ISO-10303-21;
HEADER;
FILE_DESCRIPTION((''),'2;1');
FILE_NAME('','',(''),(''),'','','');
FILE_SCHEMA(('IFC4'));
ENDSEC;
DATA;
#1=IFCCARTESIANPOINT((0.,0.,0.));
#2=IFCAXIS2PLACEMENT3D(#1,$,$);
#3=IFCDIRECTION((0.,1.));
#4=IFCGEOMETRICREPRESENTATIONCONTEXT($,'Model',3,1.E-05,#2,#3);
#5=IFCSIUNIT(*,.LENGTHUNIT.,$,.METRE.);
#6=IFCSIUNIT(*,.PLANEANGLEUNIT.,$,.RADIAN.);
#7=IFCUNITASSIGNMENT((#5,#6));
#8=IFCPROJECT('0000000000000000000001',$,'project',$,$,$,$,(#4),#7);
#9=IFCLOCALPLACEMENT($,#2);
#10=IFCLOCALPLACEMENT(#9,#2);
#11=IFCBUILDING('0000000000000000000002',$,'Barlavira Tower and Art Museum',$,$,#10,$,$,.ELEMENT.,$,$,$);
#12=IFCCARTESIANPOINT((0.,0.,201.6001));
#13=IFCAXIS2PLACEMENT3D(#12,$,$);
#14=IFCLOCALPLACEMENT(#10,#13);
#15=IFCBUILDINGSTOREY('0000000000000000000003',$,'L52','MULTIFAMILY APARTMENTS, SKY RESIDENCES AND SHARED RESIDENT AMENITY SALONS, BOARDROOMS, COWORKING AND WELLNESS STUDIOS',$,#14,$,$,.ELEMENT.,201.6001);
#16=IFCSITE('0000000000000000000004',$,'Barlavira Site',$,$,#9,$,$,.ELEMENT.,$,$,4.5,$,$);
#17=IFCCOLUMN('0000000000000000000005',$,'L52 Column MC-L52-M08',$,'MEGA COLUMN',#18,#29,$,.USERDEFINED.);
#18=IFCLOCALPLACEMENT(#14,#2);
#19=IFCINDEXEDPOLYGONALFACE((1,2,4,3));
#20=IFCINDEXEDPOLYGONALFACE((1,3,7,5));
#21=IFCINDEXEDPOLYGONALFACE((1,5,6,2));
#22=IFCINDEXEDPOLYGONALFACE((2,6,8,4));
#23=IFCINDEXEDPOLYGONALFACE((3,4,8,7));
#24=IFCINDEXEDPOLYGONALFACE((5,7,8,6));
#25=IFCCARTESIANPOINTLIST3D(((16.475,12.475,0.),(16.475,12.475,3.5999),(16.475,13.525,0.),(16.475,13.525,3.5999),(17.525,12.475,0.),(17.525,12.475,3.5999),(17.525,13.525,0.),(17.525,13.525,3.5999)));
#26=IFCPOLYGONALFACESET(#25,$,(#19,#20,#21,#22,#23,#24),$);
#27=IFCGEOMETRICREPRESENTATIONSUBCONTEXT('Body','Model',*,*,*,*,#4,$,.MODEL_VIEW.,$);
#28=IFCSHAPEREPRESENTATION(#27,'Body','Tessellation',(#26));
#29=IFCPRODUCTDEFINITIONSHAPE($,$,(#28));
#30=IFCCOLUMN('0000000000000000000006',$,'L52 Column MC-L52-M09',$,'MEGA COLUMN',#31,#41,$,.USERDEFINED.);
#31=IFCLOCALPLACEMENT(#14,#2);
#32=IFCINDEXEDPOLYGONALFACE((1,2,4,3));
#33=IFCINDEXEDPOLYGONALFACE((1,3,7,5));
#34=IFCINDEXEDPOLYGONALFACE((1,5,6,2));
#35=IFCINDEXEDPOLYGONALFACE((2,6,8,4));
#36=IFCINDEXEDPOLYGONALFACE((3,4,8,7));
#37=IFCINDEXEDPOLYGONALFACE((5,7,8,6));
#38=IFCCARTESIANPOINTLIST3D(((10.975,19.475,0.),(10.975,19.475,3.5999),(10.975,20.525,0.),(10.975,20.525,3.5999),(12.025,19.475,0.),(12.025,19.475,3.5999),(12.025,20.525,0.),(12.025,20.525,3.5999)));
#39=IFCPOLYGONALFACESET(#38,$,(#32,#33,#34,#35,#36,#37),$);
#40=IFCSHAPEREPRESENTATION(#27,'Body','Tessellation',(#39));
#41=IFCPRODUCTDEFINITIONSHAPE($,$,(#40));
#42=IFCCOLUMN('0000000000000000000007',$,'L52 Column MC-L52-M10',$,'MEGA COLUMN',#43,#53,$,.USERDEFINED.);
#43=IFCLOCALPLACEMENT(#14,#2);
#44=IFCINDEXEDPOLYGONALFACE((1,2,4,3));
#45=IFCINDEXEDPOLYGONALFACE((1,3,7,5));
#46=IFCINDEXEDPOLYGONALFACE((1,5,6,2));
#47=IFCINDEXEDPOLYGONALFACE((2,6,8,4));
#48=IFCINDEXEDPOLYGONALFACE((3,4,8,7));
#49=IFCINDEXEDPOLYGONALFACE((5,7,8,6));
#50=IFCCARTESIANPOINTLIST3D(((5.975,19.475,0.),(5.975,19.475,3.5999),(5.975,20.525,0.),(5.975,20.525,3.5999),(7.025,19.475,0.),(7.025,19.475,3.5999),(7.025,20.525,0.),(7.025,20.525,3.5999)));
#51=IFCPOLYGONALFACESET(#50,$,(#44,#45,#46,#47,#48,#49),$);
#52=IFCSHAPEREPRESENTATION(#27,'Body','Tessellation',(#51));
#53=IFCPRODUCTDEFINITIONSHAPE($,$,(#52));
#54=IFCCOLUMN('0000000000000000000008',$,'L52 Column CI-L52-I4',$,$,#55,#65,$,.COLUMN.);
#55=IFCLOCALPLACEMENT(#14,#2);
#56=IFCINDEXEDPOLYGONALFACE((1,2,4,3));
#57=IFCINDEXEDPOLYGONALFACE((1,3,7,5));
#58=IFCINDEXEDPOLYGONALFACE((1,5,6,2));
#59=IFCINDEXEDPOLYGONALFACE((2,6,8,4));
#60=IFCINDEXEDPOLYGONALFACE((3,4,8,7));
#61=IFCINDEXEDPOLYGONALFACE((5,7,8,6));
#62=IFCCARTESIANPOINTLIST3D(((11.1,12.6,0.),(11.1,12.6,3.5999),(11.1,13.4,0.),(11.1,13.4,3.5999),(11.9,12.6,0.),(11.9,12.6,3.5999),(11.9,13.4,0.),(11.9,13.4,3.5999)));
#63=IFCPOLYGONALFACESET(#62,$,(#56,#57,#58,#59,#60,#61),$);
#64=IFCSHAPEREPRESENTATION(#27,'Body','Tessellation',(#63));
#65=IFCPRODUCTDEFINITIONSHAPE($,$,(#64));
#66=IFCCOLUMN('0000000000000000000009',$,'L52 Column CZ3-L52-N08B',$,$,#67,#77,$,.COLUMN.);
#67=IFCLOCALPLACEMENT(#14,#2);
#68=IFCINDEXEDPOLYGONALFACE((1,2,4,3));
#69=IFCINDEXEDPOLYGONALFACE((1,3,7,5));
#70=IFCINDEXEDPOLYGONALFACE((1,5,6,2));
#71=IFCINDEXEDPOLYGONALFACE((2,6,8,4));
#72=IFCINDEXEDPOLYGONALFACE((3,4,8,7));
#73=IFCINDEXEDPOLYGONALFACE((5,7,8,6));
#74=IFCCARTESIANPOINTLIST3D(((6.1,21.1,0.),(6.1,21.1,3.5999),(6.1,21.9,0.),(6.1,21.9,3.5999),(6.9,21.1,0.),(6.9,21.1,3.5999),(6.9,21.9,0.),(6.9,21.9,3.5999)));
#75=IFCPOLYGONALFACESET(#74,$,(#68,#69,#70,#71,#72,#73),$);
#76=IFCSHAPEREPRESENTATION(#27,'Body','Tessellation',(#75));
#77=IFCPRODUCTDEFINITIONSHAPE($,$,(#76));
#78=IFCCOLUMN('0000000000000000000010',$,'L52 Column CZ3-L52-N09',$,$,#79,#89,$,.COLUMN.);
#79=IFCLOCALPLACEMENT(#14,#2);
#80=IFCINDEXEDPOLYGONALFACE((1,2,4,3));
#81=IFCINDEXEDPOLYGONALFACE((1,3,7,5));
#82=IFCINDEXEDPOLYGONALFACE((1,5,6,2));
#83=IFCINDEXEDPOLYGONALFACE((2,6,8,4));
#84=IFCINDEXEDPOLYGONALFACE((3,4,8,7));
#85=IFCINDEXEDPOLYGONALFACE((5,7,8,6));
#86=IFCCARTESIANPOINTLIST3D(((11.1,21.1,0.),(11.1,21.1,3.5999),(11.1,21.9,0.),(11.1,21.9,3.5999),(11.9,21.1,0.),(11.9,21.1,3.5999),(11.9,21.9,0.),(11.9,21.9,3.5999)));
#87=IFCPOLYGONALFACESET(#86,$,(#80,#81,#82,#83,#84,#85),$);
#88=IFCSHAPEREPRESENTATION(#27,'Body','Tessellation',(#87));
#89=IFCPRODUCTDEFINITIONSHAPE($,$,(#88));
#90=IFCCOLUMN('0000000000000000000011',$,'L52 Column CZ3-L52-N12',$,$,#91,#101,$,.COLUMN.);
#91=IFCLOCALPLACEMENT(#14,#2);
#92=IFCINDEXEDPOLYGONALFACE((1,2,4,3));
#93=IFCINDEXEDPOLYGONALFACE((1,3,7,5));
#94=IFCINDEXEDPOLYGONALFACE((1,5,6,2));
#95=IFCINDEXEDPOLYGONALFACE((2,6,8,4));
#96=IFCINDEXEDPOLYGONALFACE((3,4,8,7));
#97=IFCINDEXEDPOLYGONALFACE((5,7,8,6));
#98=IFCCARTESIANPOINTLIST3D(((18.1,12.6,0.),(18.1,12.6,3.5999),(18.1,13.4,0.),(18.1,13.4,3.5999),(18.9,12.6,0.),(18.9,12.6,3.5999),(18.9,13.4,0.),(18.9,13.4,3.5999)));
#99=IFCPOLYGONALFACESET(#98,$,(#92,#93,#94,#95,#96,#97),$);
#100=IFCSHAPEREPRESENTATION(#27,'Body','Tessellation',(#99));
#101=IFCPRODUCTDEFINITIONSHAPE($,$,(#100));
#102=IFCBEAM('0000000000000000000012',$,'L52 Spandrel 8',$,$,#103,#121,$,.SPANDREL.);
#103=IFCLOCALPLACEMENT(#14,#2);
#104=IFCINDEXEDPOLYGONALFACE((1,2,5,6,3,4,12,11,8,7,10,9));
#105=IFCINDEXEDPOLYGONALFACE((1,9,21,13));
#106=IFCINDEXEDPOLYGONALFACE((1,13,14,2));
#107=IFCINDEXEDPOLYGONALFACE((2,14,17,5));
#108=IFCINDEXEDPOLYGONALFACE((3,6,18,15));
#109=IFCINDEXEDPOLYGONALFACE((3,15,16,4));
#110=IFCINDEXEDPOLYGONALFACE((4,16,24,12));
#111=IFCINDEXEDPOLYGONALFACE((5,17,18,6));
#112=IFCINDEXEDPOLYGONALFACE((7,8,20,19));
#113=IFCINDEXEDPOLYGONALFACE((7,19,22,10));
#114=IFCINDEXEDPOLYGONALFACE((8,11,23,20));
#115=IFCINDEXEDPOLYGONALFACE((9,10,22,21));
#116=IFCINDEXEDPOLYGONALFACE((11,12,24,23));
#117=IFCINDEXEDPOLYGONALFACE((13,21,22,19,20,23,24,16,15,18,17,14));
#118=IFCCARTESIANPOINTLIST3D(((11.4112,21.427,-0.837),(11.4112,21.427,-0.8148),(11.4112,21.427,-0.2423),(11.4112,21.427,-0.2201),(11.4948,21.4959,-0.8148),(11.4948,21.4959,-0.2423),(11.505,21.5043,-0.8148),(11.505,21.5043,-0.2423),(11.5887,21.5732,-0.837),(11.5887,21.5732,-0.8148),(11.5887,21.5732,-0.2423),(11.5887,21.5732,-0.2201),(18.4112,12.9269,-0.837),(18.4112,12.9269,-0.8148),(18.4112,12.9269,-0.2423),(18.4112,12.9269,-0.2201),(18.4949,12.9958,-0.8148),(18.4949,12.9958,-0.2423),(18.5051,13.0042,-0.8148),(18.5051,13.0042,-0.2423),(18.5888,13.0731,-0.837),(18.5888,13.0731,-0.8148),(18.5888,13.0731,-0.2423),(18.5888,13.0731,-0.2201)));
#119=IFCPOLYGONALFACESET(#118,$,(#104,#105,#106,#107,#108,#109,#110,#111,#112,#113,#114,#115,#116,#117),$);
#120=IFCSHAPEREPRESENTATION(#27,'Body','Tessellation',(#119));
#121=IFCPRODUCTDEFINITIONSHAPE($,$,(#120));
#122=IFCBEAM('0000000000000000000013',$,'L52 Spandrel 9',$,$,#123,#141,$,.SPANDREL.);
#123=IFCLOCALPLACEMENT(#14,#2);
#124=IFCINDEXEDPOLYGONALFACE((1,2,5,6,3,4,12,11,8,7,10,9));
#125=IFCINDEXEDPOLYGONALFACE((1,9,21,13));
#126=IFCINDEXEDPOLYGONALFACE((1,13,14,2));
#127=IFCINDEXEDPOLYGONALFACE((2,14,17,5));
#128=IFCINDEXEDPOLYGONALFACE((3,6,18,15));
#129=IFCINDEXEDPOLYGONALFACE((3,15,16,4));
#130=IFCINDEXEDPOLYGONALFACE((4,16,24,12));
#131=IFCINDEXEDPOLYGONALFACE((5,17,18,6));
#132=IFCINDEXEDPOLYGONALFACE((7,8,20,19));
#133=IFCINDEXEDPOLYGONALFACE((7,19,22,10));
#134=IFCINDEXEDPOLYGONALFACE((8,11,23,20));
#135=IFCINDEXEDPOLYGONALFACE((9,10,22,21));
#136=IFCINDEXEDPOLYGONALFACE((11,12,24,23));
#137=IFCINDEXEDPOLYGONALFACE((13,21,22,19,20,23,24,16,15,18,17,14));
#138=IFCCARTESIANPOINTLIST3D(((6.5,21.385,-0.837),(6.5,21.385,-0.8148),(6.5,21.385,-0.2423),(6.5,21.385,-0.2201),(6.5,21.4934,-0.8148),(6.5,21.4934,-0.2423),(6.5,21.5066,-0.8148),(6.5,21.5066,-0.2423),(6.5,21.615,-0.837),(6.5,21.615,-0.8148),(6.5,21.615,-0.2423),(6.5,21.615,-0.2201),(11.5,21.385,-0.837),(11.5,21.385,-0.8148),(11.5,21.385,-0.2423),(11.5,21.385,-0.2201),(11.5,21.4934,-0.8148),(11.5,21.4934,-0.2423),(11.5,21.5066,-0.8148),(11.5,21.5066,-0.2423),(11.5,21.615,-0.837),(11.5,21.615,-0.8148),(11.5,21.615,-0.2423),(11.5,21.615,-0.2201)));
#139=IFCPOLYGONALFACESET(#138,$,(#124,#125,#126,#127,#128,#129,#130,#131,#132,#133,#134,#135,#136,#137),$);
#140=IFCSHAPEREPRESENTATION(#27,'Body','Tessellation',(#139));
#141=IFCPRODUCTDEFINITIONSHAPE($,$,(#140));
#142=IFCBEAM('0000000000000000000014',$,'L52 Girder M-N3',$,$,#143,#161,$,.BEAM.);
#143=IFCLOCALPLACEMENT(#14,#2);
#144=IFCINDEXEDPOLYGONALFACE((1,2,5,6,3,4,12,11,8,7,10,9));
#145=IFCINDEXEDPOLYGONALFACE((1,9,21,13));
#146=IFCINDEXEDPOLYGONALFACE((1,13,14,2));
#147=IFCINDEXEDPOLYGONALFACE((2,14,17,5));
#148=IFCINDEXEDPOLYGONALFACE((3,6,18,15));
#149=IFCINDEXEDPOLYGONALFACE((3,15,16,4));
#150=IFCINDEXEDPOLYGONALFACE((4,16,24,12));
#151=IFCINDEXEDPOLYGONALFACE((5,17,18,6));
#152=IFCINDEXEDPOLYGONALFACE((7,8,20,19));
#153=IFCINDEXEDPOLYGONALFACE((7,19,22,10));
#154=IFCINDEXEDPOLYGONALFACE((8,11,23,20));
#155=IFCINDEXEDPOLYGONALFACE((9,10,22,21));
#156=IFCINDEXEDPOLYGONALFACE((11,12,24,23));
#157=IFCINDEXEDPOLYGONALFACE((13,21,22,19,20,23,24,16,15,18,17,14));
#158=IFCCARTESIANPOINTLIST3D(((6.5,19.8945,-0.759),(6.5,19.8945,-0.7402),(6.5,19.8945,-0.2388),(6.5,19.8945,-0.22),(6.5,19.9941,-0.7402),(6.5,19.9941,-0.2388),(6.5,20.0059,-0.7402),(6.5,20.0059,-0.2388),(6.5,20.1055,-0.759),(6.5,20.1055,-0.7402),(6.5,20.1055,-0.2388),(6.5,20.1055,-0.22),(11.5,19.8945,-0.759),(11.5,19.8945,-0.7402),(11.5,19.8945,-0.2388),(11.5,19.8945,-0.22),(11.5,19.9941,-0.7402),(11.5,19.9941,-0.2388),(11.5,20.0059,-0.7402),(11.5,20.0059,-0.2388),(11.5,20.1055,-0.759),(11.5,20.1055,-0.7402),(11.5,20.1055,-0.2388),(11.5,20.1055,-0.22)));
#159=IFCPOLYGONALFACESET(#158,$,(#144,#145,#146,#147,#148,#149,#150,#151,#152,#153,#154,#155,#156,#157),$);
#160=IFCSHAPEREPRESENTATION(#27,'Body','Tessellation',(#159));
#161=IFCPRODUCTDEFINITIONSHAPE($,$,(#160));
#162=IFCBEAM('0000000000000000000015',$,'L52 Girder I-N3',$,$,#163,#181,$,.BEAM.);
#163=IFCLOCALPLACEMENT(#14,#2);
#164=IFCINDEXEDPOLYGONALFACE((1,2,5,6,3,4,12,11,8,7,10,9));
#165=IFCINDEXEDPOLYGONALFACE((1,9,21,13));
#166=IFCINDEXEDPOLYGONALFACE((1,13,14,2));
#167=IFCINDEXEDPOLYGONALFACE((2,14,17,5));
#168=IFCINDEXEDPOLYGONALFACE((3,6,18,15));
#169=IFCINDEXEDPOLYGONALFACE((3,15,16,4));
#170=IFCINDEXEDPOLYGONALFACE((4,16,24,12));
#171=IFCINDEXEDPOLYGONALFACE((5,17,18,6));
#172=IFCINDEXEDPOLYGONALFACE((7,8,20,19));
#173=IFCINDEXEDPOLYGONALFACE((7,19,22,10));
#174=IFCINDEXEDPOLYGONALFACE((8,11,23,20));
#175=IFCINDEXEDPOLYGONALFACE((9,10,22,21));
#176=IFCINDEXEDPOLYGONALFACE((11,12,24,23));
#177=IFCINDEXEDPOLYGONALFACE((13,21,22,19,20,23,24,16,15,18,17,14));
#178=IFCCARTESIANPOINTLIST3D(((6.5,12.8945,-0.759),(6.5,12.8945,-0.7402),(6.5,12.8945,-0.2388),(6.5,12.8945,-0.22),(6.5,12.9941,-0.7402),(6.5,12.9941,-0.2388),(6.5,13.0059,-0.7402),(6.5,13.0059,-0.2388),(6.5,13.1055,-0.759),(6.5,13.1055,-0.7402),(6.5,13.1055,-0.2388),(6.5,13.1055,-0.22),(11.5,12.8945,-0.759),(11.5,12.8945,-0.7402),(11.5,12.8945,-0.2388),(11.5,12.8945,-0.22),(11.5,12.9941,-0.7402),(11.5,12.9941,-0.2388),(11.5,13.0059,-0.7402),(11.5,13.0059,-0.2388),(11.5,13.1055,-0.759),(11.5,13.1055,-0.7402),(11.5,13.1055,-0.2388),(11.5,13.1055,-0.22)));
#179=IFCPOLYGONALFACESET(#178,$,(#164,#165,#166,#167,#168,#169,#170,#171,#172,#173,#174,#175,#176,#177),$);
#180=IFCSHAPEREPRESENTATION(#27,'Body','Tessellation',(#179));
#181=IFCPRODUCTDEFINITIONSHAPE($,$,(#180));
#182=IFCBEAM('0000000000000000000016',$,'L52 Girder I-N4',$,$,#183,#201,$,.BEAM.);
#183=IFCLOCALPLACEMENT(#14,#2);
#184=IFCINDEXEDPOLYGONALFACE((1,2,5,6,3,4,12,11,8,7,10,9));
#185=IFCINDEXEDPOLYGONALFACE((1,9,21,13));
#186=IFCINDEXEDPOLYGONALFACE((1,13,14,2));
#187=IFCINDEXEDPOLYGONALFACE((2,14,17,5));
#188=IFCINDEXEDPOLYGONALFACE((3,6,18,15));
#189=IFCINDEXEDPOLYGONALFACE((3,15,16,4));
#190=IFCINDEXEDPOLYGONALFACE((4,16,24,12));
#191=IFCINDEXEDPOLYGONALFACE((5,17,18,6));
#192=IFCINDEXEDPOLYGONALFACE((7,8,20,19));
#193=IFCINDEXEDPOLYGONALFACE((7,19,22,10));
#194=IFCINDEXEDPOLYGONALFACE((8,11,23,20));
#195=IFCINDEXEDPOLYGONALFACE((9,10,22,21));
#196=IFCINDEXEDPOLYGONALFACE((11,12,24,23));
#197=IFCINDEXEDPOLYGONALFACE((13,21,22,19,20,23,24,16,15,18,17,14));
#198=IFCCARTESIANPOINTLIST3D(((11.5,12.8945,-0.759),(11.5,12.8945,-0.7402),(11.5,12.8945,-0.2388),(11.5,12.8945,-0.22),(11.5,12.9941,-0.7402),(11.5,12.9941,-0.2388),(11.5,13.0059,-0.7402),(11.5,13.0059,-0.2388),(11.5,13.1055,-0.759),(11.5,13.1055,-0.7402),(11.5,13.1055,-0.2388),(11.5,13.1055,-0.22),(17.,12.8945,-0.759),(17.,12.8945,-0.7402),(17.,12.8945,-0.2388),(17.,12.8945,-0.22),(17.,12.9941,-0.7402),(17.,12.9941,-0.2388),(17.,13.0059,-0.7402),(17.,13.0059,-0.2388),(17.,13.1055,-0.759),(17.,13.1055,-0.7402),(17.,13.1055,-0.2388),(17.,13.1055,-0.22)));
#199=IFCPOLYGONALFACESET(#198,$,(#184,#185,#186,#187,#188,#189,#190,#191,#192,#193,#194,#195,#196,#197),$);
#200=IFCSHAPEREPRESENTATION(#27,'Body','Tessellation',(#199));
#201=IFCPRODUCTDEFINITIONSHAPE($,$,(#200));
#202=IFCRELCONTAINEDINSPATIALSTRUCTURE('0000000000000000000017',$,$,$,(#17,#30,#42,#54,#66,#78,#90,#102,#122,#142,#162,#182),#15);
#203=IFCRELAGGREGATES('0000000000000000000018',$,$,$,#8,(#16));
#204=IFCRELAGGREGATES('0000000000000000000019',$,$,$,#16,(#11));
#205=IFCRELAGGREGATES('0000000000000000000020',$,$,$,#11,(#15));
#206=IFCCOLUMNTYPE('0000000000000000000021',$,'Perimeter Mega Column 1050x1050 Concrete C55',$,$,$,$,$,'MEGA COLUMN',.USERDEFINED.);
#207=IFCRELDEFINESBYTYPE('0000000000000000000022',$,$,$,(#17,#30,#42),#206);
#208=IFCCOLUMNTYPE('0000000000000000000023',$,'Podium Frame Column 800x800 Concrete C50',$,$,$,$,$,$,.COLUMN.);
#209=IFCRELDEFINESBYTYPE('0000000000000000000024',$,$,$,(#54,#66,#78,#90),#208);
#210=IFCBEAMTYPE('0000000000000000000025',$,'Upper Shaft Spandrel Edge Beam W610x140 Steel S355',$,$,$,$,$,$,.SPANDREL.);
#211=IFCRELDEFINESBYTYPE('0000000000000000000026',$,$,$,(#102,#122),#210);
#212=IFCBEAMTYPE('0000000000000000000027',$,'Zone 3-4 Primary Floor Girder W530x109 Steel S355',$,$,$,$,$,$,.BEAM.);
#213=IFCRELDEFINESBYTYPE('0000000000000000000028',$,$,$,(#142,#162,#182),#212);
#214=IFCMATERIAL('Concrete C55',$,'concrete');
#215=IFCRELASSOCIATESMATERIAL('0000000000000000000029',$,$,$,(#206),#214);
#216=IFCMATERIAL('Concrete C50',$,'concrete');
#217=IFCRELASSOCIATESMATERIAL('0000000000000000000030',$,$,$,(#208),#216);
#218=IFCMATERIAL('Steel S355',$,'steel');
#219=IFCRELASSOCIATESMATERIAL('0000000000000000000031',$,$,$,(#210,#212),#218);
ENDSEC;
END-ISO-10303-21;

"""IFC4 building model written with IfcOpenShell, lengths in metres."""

from ifc_helpers import new_model, si_unit, direction, frame, origin, origin_2d, place, context, subcontext, project, spatial, rectangle, i_section, extrude, material, material_profile, profile_set, type_object, element, save


model = new_model("IFC4")

# Units and contexts
model_context = context("Model", 3, precision=1e-05, world=origin(), true_north=direction((0.0, 1.0)))
body_context = subcontext(model_context, "Body", "Model", "MODEL_VIEW")
ifc_project = project(units=[si_unit("LENGTHUNIT", "METRE"), si_unit("PLANEANGLEUNIT", "RADIAN")], contexts=[model_context])

# Site, building, storey
site_placement = place(None, origin())
site = spatial("IfcSite", under=ifc_project, at=site_placement, Name="Barlavira Site", CompositionType="ELEMENT", RefElevation=4.5)
building_placement = place(site_placement, origin())
building = spatial("IfcBuilding", under=site, at=building_placement, Name="Barlavira Tower and Art Museum", CompositionType="ELEMENT")
storey_placement = place(building_placement, frame((0.0, 0.0, 201.6001)))
storey = spatial("IfcBuildingStorey", under=building, at=storey_placement, Name="L52", Description="MULTIFAMILY APARTMENTS, SKY RESIDENCES AND SHARED RESIDENT AMENITY SALONS, BOARDROOMS, COWORKING AND WELLNESS STUDIOS", CompositionType="ELEMENT", Elevation=201.6001)

# Columns
ifc_material_1 = material(Name="Concrete C55", Category="concrete")
ifc_material_profile_1 = material_profile(ifc_material_1, rectangle(XDim=1.05, YDim=1.05, at=origin_2d()), Name="RC-COL 1050x1050")
ifc_profile_set_1 = profile_set([ifc_material_profile_1], Name="Concrete C55")
column_type_1 = type_object("IfcColumnType", Name="Perimeter Mega Column 1050x1050 Concrete C55", ElementType="MEGA COLUMN", PredefinedType="USERDEFINED", material=ifc_profile_set_1)
for number, where, z_axis, x_axis, name in (
    (1, (17.0, 13.0, 0.0), (0.0, 0.0, 1.0), (1.0, 0.0, 0.0), "L52 Column MC-L52-M08"),
    (2, (11.5, 20.0, 0.0), (0.0, 0.0, 1.0), (1.0, 0.0, 0.0), "L52 Column MC-L52-M09"),
    (3, (6.5, 20.0, 0.0), (0.0, 0.0, 1.0), (1.0, 0.0, 0.0), "L52 Column MC-L52-M10"),
):
    element("IfcColumn", number, at=place(storey_placement, frame(where, z_axis=z_axis, x_axis=x_axis)), inside=storey, type_object=column_type_1, Name=name, ObjectType="MEGA COLUMN", PredefinedType="USERDEFINED", context=body_context, shape_type="SweptSolid", body=[
        extrude(rectangle(XDim=1.05, YDim=1.05, at=origin_2d()), origin(), (0.0, 0.0, 1.0), 3.5999),
    ])
ifc_material_2 = material(Name="Concrete C50", Category="concrete")
ifc_material_profile_2 = material_profile(ifc_material_2, rectangle(XDim=0.8, YDim=0.8, at=origin_2d()), Name="RC-COL 800x800")
ifc_profile_set_2 = profile_set([ifc_material_profile_2], Name="Concrete C50")
column_type_2 = type_object("IfcColumnType", Name="Podium Frame Column 800x800 Concrete C50", PredefinedType="COLUMN", material=ifc_profile_set_2)
for number, where, z_axis, x_axis, name in (
    (4, (11.5, 13.0, 0.0), (0.0, 0.0, 1.0), (1.0, 0.0, 0.0), "L52 Column CI-L52-I4"),
    (5, (6.5, 21.5, 0.0), (0.0, 0.0, 1.0), (1.0, 0.0, 0.0), "L52 Column CZ3-L52-N08B"),
    (6, (11.5, 21.5, 0.0), (0.0, 0.0, 1.0), (1.0, 0.0, 0.0), "L52 Column CZ3-L52-N09"),
    (7, (18.5, 13.0, 0.0), (0.0, 0.0, 1.0), (1.0, 0.0, 0.0), "L52 Column CZ3-L52-N12"),
):
    element("IfcColumn", number, at=place(storey_placement, frame(where, z_axis=z_axis, x_axis=x_axis)), inside=storey, type_object=column_type_2, Name=name, PredefinedType="COLUMN", context=body_context, shape_type="SweptSolid", body=[
        extrude(rectangle(XDim=0.8, YDim=0.8, at=origin_2d()), origin(), (0.0, 0.0, 1.0), 3.5999),
    ])

# Beams
ifc_material_3 = material(Name="Steel S355", Category="steel")
ifc_material_profile_3 = material_profile(ifc_material_3, i_section(OverallWidth=0.23, OverallDepth=0.6169, WebThickness=0.0132, FlangeThickness=0.0222, at=origin_2d()), Name="W610x140.0")
ifc_profile_set_3 = profile_set([ifc_material_profile_3], Name="Steel S355")
beam_type_1 = type_object("IfcBeamType", Name="Upper Shaft Spandrel Edge Beam W610x140 Steel S355", PredefinedType="SPANDREL", material=ifc_profile_set_3)
beam_1_placement = place(storey_placement, frame((18.5, 13.0, -0.5286), z_axis=(-0.635707, 0.77193, 0.0), x_axis=(-0.77193, -0.635707, 0.0)))
element("IfcBeam", 8, at=beam_1_placement, inside=storey, type_object=beam_type_1, Name="L52 Spandrel 8", PredefinedType="SPANDREL", context=body_context, shape_type="SweptSolid", body=[
    extrude(i_section(OverallWidth=0.23, OverallDepth=0.6169, WebThickness=0.0132, FlangeThickness=0.0222, at=origin_2d()), origin(), (0.0, 0.0, 1.0), 11.0115),
])
beam_2_placement = place(storey_placement, frame((6.5, 21.5, -0.5286), z_axis=(1.0, 0.0, 0.0), x_axis=(0.0, 1.0, 0.0)))
element("IfcBeam", 9, at=beam_2_placement, inside=storey, type_object=beam_type_1, Name="L52 Spandrel 9", PredefinedType="SPANDREL", context=body_context, shape_type="SweptSolid", body=[
    extrude(i_section(OverallWidth=0.23, OverallDepth=0.6169, WebThickness=0.0132, FlangeThickness=0.0222, at=origin_2d()), origin(), (0.0, 0.0, 1.0), 5.0),
])
ifc_material_profile_4 = material_profile(ifc_material_3, i_section(OverallWidth=0.2109, OverallDepth=0.5391, WebThickness=0.0117, FlangeThickness=0.0188, at=origin_2d()), Name="W530x109.0")
ifc_profile_set_4 = profile_set([ifc_material_profile_4], Name="Steel S355")
beam_type_2 = type_object("IfcBeamType", Name="Zone 3-4 Primary Floor Girder W530x109 Steel S355", PredefinedType="BEAM", material=ifc_profile_set_4)
for number, where, z_axis, x_axis, name in (
    (10, (6.5, 20.0, -0.4895), (1.0, 0.0, 0.0), (0.0, 1.0, 0.0), "L52 Girder M-N3"),
    (11, (6.5, 13.0, -0.4895), (1.0, 0.0, 0.0), (0.0, 1.0, 0.0), "L52 Girder I-N3"),
):
    element("IfcBeam", number, at=place(storey_placement, frame(where, z_axis=z_axis, x_axis=x_axis)), inside=storey, type_object=beam_type_2, Name=name, PredefinedType="BEAM", context=body_context, shape_type="SweptSolid", body=[
        extrude(i_section(OverallWidth=0.2109, OverallDepth=0.5391, WebThickness=0.0117, FlangeThickness=0.0188, at=origin_2d()), origin(), (0.0, 0.0, 1.0), 5.0),
    ])
beam_3_placement = place(storey_placement, frame((11.5, 13.0, -0.4895), z_axis=(1.0, 0.0, 0.0), x_axis=(0.0, 1.0, 0.0)))
element("IfcBeam", 12, at=beam_3_placement, inside=storey, type_object=beam_type_2, Name="L52 Girder I-N4", PredefinedType="BEAM", context=body_context, shape_type="SweptSolid", body=[
    extrude(i_section(OverallWidth=0.2109, OverallDepth=0.5391, WebThickness=0.0117, FlangeThickness=0.0188, at=origin_2d()), origin(), (0.0, 0.0, 1.0), 5.5),
])

save(model, "model.ifc")
